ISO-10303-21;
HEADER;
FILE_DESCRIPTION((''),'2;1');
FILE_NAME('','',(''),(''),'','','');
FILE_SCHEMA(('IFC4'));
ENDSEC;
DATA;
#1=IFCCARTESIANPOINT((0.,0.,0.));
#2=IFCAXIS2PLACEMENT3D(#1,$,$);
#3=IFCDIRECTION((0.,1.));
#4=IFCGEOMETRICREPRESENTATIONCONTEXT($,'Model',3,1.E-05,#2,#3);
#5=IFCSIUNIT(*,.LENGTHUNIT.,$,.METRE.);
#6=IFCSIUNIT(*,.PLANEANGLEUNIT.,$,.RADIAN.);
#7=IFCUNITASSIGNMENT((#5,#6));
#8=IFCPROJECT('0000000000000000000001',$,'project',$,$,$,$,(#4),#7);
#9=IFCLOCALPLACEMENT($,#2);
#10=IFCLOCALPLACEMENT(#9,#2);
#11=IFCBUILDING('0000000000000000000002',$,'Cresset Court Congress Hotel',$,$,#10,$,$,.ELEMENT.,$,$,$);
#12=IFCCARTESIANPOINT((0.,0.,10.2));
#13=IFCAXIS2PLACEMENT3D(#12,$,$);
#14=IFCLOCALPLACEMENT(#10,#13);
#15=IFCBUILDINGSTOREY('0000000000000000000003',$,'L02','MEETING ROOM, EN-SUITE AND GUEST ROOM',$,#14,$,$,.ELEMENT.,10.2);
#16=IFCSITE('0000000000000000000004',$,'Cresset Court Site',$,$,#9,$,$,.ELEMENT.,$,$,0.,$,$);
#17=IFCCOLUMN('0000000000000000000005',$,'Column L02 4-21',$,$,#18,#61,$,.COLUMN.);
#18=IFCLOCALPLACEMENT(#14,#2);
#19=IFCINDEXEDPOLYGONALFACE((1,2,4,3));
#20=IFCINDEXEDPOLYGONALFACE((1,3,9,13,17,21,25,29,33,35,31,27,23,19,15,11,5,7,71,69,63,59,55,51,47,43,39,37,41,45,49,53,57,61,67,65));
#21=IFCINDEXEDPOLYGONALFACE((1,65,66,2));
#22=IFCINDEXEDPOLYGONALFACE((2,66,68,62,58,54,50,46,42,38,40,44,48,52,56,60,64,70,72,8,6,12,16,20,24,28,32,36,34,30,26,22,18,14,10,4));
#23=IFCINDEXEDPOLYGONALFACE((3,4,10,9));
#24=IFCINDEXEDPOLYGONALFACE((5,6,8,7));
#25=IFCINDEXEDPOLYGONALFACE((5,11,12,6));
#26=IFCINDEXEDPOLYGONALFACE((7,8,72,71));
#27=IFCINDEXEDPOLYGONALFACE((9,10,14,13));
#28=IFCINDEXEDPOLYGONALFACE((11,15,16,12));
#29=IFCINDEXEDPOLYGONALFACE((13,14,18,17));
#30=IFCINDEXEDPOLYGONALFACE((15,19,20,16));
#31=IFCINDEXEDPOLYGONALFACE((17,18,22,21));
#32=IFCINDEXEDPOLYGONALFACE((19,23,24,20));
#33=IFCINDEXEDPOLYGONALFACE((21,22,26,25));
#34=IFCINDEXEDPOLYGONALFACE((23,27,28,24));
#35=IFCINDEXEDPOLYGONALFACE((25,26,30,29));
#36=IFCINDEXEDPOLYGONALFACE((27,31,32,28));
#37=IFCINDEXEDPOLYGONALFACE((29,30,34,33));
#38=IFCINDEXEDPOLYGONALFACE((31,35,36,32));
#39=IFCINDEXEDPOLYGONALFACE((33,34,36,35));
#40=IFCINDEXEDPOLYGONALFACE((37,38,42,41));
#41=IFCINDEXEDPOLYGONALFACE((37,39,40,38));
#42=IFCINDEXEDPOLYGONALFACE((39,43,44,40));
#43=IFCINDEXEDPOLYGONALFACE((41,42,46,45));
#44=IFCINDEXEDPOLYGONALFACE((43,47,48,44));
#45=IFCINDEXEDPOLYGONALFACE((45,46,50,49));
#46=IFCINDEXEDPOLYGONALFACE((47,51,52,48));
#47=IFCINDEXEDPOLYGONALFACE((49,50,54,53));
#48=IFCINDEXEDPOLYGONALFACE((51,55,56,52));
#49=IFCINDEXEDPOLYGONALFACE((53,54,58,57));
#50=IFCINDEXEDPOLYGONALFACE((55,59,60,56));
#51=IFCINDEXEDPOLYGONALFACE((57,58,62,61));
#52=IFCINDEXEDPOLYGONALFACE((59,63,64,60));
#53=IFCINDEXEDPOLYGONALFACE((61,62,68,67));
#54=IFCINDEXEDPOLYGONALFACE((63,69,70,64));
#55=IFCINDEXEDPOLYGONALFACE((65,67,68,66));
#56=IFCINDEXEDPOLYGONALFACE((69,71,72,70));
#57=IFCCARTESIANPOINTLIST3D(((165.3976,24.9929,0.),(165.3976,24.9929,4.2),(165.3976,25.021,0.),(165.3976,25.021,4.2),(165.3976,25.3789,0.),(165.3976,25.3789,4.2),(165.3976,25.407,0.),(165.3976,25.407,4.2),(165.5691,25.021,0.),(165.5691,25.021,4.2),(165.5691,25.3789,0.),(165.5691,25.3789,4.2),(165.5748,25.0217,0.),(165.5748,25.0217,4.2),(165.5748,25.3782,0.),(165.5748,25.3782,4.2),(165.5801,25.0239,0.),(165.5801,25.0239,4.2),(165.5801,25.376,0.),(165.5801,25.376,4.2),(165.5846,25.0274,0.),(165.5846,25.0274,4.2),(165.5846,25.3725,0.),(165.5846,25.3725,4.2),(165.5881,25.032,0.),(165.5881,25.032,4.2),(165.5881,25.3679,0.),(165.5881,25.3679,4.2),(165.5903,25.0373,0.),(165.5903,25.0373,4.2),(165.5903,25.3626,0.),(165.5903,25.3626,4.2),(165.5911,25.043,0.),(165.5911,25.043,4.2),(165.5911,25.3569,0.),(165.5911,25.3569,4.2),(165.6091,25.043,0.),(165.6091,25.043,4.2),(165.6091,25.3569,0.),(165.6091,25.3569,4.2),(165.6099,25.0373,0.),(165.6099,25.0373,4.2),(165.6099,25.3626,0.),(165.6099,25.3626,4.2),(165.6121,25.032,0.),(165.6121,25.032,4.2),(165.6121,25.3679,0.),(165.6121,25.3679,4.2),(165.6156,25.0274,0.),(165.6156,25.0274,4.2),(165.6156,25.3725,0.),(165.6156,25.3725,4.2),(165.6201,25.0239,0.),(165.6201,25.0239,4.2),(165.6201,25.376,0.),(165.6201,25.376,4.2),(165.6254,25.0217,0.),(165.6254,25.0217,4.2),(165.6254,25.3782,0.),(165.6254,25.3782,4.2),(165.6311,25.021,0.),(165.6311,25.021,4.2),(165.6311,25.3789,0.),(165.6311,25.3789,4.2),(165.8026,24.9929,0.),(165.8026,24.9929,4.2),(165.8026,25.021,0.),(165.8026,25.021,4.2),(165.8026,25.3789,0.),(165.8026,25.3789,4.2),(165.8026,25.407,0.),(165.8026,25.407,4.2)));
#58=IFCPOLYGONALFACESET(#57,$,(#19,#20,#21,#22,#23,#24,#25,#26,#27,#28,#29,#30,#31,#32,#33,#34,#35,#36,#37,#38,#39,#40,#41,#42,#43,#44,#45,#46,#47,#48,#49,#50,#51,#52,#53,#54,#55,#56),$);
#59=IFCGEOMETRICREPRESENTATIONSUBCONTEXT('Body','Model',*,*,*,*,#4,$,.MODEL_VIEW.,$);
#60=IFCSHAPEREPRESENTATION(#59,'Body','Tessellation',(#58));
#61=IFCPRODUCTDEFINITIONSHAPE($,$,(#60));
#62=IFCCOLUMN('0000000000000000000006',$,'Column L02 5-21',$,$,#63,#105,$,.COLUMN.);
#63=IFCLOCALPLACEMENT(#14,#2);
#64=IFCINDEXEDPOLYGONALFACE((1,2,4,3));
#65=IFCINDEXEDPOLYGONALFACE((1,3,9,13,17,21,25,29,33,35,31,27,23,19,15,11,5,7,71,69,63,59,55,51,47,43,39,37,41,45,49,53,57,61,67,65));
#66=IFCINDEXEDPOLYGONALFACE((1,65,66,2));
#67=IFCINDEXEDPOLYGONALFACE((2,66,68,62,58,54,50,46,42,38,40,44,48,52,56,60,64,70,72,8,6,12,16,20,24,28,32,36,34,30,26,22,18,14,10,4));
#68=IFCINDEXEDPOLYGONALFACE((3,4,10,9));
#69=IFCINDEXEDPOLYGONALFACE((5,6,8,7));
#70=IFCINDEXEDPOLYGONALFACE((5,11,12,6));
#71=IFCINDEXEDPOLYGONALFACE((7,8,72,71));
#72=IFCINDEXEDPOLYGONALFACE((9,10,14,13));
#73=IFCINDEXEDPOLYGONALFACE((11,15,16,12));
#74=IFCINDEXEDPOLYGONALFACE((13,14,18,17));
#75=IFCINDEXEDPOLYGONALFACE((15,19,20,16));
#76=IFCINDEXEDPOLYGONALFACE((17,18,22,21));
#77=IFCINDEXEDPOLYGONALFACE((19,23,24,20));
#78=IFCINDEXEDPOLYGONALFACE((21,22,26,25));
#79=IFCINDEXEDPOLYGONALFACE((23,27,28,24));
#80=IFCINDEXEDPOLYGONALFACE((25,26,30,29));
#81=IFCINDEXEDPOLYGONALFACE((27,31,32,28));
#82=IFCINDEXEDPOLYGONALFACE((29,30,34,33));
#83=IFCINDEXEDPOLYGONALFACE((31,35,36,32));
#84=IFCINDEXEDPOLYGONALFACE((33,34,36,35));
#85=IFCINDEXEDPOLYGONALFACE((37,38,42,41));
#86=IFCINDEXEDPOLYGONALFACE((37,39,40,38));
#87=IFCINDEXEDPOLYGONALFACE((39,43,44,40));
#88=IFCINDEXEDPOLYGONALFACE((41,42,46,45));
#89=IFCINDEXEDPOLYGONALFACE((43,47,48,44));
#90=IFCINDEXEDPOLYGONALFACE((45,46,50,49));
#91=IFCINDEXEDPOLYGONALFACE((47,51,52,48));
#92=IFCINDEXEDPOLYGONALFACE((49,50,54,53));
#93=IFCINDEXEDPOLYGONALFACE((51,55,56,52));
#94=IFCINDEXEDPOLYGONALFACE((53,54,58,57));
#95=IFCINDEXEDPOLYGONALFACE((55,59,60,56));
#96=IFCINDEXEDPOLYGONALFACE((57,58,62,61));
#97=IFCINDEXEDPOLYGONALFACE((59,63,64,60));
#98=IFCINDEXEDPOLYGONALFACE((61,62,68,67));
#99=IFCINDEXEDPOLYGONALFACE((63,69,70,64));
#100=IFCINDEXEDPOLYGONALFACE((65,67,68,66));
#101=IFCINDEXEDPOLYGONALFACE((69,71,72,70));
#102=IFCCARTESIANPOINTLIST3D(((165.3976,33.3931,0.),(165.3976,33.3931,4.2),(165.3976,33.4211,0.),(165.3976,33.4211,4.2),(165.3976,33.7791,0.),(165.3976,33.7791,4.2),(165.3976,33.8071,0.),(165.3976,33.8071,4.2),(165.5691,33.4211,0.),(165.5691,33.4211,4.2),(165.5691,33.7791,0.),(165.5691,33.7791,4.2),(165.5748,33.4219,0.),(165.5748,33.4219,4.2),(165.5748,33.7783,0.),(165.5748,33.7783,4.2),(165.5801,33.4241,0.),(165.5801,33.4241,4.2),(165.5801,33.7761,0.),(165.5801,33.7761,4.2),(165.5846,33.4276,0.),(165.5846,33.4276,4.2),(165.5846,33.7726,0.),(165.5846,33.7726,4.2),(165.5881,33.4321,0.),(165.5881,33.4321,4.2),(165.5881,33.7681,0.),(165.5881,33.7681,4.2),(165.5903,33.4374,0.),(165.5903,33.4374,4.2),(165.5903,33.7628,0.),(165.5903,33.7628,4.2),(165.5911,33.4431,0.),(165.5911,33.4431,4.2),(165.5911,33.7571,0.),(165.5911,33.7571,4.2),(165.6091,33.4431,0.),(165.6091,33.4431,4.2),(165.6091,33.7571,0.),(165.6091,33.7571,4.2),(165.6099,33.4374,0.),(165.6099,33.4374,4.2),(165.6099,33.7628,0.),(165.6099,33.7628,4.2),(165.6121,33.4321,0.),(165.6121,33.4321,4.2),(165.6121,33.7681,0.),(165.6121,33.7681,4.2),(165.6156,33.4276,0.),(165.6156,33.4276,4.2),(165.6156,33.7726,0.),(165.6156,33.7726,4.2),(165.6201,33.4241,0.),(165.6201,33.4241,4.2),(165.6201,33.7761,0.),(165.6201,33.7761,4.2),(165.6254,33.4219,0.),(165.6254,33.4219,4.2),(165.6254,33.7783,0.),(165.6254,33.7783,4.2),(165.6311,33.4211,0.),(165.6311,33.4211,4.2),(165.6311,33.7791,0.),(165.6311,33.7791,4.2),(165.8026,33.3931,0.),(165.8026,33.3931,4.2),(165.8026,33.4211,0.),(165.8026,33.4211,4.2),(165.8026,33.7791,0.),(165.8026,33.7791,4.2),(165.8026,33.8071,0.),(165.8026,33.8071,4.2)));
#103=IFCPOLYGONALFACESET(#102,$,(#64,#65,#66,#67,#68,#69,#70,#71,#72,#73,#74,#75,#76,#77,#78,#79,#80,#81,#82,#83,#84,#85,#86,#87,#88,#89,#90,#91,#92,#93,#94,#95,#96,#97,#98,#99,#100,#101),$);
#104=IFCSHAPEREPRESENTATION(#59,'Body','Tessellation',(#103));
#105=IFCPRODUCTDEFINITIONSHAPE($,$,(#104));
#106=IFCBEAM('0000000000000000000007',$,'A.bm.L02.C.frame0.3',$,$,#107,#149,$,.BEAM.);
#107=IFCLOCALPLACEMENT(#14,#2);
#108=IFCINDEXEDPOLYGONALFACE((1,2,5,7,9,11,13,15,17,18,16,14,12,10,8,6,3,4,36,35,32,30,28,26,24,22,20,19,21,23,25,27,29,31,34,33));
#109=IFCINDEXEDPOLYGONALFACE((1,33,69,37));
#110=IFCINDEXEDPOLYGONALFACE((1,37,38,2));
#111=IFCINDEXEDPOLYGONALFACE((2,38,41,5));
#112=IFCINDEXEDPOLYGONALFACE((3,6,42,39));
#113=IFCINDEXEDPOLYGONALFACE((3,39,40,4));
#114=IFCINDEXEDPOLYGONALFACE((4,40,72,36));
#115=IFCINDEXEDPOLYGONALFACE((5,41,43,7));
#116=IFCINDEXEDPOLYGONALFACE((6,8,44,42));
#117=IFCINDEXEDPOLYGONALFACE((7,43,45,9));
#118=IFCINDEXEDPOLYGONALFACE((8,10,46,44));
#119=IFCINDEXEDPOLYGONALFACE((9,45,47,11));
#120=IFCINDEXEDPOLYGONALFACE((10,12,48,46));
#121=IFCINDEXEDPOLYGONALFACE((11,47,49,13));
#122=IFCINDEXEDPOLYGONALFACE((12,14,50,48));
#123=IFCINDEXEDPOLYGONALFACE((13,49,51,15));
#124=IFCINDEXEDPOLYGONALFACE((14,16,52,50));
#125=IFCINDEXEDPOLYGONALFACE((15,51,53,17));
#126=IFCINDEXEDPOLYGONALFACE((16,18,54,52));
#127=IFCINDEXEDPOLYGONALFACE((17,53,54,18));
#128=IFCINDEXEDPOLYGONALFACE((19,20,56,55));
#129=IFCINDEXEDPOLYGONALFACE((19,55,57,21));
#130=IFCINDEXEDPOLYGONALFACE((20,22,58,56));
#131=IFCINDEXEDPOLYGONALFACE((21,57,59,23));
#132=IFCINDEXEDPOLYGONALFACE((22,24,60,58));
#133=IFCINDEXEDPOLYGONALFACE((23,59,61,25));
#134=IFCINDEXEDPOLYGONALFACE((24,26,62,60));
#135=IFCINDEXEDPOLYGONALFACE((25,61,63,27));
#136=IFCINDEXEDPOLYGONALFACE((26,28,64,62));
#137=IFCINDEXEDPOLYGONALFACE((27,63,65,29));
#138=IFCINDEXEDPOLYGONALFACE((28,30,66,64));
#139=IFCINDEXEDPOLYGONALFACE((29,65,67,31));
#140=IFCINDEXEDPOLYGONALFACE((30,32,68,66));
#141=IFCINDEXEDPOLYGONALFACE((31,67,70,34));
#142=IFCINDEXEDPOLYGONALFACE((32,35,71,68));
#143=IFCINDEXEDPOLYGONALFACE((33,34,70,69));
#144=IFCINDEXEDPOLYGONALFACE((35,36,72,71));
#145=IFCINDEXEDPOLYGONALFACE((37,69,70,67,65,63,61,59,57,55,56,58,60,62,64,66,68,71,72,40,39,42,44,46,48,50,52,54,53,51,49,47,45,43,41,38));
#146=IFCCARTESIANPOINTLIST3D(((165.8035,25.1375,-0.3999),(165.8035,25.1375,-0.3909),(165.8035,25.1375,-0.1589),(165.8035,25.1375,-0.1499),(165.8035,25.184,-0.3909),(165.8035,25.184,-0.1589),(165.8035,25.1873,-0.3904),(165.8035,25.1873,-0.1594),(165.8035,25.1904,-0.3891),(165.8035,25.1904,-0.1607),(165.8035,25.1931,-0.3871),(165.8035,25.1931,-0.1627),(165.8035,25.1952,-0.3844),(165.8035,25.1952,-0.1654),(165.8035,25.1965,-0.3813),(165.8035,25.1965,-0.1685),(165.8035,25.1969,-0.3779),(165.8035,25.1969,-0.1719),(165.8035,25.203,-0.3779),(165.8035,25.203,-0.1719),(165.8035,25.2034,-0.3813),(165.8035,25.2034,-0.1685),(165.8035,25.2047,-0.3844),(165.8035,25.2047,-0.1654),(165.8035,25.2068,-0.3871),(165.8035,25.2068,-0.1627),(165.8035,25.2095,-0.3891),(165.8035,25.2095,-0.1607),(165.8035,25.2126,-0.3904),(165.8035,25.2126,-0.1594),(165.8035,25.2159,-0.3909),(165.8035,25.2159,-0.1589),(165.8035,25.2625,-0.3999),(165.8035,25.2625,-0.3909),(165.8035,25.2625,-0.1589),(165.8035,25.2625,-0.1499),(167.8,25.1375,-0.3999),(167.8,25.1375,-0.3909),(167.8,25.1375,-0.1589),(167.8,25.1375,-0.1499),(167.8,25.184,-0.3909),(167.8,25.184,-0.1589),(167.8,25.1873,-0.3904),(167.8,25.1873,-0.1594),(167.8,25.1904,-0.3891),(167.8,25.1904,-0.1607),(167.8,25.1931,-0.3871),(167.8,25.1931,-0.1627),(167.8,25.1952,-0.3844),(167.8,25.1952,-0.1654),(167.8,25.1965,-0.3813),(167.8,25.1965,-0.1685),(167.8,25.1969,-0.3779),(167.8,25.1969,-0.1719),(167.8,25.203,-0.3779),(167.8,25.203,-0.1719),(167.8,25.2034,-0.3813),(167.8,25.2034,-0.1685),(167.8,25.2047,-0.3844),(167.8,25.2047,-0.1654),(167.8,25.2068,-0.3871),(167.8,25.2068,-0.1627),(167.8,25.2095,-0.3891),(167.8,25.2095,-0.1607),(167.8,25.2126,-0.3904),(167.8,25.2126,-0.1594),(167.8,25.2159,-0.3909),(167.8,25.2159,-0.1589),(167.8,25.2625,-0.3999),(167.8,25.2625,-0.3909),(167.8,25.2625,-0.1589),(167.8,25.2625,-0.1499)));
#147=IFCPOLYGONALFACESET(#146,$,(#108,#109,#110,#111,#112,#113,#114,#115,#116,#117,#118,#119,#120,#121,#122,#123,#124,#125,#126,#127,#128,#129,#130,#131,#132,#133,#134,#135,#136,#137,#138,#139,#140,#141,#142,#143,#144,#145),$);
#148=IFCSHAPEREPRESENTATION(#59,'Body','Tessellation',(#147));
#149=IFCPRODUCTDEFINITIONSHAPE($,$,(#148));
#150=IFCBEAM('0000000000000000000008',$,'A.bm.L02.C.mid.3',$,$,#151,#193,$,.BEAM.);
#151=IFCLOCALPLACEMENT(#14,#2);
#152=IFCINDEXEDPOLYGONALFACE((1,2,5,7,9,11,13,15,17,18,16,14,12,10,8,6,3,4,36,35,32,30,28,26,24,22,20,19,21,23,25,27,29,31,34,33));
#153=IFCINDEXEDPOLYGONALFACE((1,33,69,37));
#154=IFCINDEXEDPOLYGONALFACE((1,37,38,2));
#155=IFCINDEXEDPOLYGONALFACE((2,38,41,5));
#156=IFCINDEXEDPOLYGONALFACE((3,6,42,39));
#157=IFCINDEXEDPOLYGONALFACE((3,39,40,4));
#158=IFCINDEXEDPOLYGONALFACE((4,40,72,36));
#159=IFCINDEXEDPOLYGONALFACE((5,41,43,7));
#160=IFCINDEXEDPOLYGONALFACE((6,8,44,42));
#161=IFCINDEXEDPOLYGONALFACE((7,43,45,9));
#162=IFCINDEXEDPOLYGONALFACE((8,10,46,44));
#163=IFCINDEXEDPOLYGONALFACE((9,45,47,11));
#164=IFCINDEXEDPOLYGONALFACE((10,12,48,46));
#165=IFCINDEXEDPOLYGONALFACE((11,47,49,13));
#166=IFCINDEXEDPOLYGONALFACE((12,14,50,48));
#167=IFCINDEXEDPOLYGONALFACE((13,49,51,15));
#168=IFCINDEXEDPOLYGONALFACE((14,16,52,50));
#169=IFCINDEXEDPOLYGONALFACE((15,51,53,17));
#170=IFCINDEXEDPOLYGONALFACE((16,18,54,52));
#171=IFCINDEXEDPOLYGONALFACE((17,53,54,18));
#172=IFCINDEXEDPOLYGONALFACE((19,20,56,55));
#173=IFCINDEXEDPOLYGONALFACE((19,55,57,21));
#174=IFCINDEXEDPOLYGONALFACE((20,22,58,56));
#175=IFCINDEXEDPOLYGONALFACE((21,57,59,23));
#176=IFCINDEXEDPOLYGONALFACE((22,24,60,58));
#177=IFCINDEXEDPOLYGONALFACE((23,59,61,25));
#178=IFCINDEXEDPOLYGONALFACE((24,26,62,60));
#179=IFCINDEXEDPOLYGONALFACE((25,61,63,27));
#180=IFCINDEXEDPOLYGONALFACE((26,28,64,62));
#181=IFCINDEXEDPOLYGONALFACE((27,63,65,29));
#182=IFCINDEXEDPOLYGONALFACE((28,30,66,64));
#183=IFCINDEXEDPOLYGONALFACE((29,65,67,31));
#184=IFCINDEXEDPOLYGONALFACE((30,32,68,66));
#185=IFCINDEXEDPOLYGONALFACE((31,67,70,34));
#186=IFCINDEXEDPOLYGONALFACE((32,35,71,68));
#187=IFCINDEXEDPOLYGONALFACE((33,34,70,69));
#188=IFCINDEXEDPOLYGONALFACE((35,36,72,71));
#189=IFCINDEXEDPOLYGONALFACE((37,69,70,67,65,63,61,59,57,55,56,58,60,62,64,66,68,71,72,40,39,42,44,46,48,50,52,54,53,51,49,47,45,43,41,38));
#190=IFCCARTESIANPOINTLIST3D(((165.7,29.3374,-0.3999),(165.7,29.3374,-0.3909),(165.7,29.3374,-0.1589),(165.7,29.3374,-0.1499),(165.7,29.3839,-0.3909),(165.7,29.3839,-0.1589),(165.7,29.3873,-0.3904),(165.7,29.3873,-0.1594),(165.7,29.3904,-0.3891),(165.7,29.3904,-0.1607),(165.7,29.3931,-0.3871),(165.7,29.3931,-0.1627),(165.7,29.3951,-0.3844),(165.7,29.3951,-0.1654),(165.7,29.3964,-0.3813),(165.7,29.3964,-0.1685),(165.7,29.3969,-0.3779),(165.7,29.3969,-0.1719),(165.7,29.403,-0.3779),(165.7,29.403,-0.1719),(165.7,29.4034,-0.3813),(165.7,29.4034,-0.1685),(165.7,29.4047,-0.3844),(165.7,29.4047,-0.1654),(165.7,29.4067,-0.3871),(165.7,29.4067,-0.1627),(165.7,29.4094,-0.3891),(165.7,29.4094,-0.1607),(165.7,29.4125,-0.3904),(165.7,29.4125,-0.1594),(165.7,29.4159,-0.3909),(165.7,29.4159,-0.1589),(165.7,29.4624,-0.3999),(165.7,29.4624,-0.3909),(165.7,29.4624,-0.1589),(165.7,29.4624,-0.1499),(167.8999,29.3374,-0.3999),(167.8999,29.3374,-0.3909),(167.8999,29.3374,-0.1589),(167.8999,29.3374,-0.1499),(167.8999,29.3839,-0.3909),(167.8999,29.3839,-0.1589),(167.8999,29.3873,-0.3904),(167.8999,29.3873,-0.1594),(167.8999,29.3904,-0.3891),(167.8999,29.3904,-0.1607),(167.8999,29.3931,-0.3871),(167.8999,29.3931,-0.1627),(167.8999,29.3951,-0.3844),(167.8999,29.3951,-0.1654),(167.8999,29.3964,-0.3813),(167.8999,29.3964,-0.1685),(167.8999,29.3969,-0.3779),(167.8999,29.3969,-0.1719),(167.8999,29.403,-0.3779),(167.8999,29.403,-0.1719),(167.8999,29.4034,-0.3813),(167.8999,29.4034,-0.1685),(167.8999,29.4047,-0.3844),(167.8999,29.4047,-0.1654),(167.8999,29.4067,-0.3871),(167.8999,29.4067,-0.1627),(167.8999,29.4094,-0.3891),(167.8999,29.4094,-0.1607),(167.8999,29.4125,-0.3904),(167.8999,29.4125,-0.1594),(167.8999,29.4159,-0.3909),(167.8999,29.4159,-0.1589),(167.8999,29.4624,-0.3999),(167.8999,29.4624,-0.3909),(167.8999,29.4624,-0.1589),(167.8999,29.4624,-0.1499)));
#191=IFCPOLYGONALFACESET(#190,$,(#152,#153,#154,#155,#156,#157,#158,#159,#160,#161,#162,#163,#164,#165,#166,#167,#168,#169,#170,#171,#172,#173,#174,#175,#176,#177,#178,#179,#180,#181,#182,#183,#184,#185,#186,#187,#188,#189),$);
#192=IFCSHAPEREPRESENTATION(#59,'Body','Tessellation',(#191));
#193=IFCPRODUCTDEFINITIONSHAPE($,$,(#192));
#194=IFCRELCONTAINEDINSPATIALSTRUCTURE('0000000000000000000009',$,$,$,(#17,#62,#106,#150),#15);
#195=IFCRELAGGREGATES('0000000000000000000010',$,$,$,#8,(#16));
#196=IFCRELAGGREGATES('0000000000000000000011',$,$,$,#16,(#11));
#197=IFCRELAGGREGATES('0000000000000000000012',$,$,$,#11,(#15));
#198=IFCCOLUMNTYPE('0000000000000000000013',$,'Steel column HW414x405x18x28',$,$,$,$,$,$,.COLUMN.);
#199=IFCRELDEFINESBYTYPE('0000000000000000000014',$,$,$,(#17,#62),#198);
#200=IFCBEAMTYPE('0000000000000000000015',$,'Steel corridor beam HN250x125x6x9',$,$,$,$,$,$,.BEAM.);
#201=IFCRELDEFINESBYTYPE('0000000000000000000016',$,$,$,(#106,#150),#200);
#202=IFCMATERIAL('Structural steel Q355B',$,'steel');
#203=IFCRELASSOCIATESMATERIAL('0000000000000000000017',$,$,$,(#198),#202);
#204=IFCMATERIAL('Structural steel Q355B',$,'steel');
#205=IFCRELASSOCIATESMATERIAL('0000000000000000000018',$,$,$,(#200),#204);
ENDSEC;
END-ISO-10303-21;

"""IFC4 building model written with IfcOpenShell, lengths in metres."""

from ifc_helpers import new_model, si_unit, direction, frame, origin, origin_2d, place, context, subcontext, project, spatial, i_section, extrude, material, material_profile, profile_set, type_object, element, save


model = new_model("IFC4")

# Units and contexts
model_context = context("Model", 3, precision=1e-05, world=origin(), true_north=direction((0.0, 1.0)))
body_context = subcontext(model_context, "Body", "Model", "MODEL_VIEW")
ifc_project = project(units=[si_unit("LENGTHUNIT", "METRE"), si_unit("PLANEANGLEUNIT", "RADIAN")], contexts=[model_context])

# Site, building, storey
site_placement = place(None, origin())
site = spatial("IfcSite", under=ifc_project, at=site_placement, Name="Cresset Court Site", CompositionType="ELEMENT", RefElevation=0.0)
building_placement = place(site_placement, origin())
building = spatial("IfcBuilding", under=site, at=building_placement, Name="Cresset Court Congress Hotel", CompositionType="ELEMENT")
storey_placement = place(building_placement, frame((0.0, 0.0, 10.2)))
storey = spatial("IfcBuildingStorey", under=building, at=storey_placement, Name="L02", Description="MEETING ROOM, EN-SUITE AND GUEST ROOM", CompositionType="ELEMENT", Elevation=10.2)

# Columns
ifc_material_1 = material(Name="Structural steel Q355B", Category="steel")
ifc_material_profile_1 = material_profile(ifc_material_1, i_section(OverallWidth=0.405, OverallDepth=0.4141, WebThickness=0.0181, FlangeThickness=0.0281, FilletRadius=0.022, at=origin_2d()), Name="HW414x405x18x28")
ifc_profile_set_1 = profile_set([ifc_material_profile_1], Name="Structural steel Q355B")
column_type = type_object("IfcColumnType", Name="Steel column HW414x405x18x28", PredefinedType="COLUMN", material=ifc_profile_set_1)
for number, where, z_axis, x_axis, name in (
    (1, (165.6001, 25.2, 0.0), (0.0, 0.0, 1.0), (1.0, 0.0, 0.0), "Column L02 4-21"),
    (2, (165.6001, 33.6001, 0.0), (0.0, 0.0, 1.0), (1.0, 0.0, 0.0), "Column L02 5-21"),
):
    element("IfcColumn", number, at=place(storey_placement, frame(where, z_axis=z_axis, x_axis=x_axis)), inside=storey, type_object=column_type, Name=name, PredefinedType="COLUMN", context=body_context, shape_type="SweptSolid", body=[
        extrude(i_section(OverallWidth=0.405, OverallDepth=0.4141, WebThickness=0.0181, FlangeThickness=0.0281, FilletRadius=0.022, at=origin_2d()), origin(), (0.0, 0.0, 1.0), 4.2),
    ])

# Beams
ifc_material_2 = material(Name="Structural steel Q355B", Category="steel")
ifc_material_profile_2 = material_profile(ifc_material_2, i_section(OverallWidth=0.125, OverallDepth=0.25, WebThickness=0.0061, FlangeThickness=0.009, FilletRadius=0.0129, at=origin_2d()), Name="HN250x125x6x9")
ifc_profile_set_2 = profile_set([ifc_material_profile_2], Name="Structural steel Q355B")
beam_type = type_object("IfcBeamType", Name="Steel corridor beam HN250x125x6x9", PredefinedType="BEAM", material=ifc_profile_set_2)
beam_1_placement = place(storey_placement, frame((165.8035, 25.2, -0.2749), z_axis=(1.0, 0.0, 0.0), x_axis=(0.0, 1.0, 0.0)))
element("IfcBeam", 3, at=beam_1_placement, inside=storey, type_object=beam_type, Name="A.bm.L02.C.frame0.3", PredefinedType="BEAM", context=body_context, shape_type="SweptSolid", body=[
    extrude(i_section(OverallWidth=0.125, OverallDepth=0.25, WebThickness=0.0061, FlangeThickness=0.009, FilletRadius=0.0129, at=origin_2d()), origin(), (0.0, 0.0, 1.0), 1.9966),
])
beam_2_placement = place(storey_placement, frame((165.7, 29.3999, -0.2749), z_axis=(1.0, 0.0, 0.0), x_axis=(0.0, 1.0, 0.0)))
element("IfcBeam", 4, at=beam_2_placement, inside=storey, type_object=beam_type, Name="A.bm.L02.C.mid.3", PredefinedType="BEAM", context=body_context, shape_type="SweptSolid", body=[
    extrude(i_section(OverallWidth=0.125, OverallDepth=0.25, WebThickness=0.0061, FlangeThickness=0.009, FilletRadius=0.0129, at=origin_2d()), origin(), (0.0, 0.0, 1.0), 2.2),
])

save(model, "model.ifc")
